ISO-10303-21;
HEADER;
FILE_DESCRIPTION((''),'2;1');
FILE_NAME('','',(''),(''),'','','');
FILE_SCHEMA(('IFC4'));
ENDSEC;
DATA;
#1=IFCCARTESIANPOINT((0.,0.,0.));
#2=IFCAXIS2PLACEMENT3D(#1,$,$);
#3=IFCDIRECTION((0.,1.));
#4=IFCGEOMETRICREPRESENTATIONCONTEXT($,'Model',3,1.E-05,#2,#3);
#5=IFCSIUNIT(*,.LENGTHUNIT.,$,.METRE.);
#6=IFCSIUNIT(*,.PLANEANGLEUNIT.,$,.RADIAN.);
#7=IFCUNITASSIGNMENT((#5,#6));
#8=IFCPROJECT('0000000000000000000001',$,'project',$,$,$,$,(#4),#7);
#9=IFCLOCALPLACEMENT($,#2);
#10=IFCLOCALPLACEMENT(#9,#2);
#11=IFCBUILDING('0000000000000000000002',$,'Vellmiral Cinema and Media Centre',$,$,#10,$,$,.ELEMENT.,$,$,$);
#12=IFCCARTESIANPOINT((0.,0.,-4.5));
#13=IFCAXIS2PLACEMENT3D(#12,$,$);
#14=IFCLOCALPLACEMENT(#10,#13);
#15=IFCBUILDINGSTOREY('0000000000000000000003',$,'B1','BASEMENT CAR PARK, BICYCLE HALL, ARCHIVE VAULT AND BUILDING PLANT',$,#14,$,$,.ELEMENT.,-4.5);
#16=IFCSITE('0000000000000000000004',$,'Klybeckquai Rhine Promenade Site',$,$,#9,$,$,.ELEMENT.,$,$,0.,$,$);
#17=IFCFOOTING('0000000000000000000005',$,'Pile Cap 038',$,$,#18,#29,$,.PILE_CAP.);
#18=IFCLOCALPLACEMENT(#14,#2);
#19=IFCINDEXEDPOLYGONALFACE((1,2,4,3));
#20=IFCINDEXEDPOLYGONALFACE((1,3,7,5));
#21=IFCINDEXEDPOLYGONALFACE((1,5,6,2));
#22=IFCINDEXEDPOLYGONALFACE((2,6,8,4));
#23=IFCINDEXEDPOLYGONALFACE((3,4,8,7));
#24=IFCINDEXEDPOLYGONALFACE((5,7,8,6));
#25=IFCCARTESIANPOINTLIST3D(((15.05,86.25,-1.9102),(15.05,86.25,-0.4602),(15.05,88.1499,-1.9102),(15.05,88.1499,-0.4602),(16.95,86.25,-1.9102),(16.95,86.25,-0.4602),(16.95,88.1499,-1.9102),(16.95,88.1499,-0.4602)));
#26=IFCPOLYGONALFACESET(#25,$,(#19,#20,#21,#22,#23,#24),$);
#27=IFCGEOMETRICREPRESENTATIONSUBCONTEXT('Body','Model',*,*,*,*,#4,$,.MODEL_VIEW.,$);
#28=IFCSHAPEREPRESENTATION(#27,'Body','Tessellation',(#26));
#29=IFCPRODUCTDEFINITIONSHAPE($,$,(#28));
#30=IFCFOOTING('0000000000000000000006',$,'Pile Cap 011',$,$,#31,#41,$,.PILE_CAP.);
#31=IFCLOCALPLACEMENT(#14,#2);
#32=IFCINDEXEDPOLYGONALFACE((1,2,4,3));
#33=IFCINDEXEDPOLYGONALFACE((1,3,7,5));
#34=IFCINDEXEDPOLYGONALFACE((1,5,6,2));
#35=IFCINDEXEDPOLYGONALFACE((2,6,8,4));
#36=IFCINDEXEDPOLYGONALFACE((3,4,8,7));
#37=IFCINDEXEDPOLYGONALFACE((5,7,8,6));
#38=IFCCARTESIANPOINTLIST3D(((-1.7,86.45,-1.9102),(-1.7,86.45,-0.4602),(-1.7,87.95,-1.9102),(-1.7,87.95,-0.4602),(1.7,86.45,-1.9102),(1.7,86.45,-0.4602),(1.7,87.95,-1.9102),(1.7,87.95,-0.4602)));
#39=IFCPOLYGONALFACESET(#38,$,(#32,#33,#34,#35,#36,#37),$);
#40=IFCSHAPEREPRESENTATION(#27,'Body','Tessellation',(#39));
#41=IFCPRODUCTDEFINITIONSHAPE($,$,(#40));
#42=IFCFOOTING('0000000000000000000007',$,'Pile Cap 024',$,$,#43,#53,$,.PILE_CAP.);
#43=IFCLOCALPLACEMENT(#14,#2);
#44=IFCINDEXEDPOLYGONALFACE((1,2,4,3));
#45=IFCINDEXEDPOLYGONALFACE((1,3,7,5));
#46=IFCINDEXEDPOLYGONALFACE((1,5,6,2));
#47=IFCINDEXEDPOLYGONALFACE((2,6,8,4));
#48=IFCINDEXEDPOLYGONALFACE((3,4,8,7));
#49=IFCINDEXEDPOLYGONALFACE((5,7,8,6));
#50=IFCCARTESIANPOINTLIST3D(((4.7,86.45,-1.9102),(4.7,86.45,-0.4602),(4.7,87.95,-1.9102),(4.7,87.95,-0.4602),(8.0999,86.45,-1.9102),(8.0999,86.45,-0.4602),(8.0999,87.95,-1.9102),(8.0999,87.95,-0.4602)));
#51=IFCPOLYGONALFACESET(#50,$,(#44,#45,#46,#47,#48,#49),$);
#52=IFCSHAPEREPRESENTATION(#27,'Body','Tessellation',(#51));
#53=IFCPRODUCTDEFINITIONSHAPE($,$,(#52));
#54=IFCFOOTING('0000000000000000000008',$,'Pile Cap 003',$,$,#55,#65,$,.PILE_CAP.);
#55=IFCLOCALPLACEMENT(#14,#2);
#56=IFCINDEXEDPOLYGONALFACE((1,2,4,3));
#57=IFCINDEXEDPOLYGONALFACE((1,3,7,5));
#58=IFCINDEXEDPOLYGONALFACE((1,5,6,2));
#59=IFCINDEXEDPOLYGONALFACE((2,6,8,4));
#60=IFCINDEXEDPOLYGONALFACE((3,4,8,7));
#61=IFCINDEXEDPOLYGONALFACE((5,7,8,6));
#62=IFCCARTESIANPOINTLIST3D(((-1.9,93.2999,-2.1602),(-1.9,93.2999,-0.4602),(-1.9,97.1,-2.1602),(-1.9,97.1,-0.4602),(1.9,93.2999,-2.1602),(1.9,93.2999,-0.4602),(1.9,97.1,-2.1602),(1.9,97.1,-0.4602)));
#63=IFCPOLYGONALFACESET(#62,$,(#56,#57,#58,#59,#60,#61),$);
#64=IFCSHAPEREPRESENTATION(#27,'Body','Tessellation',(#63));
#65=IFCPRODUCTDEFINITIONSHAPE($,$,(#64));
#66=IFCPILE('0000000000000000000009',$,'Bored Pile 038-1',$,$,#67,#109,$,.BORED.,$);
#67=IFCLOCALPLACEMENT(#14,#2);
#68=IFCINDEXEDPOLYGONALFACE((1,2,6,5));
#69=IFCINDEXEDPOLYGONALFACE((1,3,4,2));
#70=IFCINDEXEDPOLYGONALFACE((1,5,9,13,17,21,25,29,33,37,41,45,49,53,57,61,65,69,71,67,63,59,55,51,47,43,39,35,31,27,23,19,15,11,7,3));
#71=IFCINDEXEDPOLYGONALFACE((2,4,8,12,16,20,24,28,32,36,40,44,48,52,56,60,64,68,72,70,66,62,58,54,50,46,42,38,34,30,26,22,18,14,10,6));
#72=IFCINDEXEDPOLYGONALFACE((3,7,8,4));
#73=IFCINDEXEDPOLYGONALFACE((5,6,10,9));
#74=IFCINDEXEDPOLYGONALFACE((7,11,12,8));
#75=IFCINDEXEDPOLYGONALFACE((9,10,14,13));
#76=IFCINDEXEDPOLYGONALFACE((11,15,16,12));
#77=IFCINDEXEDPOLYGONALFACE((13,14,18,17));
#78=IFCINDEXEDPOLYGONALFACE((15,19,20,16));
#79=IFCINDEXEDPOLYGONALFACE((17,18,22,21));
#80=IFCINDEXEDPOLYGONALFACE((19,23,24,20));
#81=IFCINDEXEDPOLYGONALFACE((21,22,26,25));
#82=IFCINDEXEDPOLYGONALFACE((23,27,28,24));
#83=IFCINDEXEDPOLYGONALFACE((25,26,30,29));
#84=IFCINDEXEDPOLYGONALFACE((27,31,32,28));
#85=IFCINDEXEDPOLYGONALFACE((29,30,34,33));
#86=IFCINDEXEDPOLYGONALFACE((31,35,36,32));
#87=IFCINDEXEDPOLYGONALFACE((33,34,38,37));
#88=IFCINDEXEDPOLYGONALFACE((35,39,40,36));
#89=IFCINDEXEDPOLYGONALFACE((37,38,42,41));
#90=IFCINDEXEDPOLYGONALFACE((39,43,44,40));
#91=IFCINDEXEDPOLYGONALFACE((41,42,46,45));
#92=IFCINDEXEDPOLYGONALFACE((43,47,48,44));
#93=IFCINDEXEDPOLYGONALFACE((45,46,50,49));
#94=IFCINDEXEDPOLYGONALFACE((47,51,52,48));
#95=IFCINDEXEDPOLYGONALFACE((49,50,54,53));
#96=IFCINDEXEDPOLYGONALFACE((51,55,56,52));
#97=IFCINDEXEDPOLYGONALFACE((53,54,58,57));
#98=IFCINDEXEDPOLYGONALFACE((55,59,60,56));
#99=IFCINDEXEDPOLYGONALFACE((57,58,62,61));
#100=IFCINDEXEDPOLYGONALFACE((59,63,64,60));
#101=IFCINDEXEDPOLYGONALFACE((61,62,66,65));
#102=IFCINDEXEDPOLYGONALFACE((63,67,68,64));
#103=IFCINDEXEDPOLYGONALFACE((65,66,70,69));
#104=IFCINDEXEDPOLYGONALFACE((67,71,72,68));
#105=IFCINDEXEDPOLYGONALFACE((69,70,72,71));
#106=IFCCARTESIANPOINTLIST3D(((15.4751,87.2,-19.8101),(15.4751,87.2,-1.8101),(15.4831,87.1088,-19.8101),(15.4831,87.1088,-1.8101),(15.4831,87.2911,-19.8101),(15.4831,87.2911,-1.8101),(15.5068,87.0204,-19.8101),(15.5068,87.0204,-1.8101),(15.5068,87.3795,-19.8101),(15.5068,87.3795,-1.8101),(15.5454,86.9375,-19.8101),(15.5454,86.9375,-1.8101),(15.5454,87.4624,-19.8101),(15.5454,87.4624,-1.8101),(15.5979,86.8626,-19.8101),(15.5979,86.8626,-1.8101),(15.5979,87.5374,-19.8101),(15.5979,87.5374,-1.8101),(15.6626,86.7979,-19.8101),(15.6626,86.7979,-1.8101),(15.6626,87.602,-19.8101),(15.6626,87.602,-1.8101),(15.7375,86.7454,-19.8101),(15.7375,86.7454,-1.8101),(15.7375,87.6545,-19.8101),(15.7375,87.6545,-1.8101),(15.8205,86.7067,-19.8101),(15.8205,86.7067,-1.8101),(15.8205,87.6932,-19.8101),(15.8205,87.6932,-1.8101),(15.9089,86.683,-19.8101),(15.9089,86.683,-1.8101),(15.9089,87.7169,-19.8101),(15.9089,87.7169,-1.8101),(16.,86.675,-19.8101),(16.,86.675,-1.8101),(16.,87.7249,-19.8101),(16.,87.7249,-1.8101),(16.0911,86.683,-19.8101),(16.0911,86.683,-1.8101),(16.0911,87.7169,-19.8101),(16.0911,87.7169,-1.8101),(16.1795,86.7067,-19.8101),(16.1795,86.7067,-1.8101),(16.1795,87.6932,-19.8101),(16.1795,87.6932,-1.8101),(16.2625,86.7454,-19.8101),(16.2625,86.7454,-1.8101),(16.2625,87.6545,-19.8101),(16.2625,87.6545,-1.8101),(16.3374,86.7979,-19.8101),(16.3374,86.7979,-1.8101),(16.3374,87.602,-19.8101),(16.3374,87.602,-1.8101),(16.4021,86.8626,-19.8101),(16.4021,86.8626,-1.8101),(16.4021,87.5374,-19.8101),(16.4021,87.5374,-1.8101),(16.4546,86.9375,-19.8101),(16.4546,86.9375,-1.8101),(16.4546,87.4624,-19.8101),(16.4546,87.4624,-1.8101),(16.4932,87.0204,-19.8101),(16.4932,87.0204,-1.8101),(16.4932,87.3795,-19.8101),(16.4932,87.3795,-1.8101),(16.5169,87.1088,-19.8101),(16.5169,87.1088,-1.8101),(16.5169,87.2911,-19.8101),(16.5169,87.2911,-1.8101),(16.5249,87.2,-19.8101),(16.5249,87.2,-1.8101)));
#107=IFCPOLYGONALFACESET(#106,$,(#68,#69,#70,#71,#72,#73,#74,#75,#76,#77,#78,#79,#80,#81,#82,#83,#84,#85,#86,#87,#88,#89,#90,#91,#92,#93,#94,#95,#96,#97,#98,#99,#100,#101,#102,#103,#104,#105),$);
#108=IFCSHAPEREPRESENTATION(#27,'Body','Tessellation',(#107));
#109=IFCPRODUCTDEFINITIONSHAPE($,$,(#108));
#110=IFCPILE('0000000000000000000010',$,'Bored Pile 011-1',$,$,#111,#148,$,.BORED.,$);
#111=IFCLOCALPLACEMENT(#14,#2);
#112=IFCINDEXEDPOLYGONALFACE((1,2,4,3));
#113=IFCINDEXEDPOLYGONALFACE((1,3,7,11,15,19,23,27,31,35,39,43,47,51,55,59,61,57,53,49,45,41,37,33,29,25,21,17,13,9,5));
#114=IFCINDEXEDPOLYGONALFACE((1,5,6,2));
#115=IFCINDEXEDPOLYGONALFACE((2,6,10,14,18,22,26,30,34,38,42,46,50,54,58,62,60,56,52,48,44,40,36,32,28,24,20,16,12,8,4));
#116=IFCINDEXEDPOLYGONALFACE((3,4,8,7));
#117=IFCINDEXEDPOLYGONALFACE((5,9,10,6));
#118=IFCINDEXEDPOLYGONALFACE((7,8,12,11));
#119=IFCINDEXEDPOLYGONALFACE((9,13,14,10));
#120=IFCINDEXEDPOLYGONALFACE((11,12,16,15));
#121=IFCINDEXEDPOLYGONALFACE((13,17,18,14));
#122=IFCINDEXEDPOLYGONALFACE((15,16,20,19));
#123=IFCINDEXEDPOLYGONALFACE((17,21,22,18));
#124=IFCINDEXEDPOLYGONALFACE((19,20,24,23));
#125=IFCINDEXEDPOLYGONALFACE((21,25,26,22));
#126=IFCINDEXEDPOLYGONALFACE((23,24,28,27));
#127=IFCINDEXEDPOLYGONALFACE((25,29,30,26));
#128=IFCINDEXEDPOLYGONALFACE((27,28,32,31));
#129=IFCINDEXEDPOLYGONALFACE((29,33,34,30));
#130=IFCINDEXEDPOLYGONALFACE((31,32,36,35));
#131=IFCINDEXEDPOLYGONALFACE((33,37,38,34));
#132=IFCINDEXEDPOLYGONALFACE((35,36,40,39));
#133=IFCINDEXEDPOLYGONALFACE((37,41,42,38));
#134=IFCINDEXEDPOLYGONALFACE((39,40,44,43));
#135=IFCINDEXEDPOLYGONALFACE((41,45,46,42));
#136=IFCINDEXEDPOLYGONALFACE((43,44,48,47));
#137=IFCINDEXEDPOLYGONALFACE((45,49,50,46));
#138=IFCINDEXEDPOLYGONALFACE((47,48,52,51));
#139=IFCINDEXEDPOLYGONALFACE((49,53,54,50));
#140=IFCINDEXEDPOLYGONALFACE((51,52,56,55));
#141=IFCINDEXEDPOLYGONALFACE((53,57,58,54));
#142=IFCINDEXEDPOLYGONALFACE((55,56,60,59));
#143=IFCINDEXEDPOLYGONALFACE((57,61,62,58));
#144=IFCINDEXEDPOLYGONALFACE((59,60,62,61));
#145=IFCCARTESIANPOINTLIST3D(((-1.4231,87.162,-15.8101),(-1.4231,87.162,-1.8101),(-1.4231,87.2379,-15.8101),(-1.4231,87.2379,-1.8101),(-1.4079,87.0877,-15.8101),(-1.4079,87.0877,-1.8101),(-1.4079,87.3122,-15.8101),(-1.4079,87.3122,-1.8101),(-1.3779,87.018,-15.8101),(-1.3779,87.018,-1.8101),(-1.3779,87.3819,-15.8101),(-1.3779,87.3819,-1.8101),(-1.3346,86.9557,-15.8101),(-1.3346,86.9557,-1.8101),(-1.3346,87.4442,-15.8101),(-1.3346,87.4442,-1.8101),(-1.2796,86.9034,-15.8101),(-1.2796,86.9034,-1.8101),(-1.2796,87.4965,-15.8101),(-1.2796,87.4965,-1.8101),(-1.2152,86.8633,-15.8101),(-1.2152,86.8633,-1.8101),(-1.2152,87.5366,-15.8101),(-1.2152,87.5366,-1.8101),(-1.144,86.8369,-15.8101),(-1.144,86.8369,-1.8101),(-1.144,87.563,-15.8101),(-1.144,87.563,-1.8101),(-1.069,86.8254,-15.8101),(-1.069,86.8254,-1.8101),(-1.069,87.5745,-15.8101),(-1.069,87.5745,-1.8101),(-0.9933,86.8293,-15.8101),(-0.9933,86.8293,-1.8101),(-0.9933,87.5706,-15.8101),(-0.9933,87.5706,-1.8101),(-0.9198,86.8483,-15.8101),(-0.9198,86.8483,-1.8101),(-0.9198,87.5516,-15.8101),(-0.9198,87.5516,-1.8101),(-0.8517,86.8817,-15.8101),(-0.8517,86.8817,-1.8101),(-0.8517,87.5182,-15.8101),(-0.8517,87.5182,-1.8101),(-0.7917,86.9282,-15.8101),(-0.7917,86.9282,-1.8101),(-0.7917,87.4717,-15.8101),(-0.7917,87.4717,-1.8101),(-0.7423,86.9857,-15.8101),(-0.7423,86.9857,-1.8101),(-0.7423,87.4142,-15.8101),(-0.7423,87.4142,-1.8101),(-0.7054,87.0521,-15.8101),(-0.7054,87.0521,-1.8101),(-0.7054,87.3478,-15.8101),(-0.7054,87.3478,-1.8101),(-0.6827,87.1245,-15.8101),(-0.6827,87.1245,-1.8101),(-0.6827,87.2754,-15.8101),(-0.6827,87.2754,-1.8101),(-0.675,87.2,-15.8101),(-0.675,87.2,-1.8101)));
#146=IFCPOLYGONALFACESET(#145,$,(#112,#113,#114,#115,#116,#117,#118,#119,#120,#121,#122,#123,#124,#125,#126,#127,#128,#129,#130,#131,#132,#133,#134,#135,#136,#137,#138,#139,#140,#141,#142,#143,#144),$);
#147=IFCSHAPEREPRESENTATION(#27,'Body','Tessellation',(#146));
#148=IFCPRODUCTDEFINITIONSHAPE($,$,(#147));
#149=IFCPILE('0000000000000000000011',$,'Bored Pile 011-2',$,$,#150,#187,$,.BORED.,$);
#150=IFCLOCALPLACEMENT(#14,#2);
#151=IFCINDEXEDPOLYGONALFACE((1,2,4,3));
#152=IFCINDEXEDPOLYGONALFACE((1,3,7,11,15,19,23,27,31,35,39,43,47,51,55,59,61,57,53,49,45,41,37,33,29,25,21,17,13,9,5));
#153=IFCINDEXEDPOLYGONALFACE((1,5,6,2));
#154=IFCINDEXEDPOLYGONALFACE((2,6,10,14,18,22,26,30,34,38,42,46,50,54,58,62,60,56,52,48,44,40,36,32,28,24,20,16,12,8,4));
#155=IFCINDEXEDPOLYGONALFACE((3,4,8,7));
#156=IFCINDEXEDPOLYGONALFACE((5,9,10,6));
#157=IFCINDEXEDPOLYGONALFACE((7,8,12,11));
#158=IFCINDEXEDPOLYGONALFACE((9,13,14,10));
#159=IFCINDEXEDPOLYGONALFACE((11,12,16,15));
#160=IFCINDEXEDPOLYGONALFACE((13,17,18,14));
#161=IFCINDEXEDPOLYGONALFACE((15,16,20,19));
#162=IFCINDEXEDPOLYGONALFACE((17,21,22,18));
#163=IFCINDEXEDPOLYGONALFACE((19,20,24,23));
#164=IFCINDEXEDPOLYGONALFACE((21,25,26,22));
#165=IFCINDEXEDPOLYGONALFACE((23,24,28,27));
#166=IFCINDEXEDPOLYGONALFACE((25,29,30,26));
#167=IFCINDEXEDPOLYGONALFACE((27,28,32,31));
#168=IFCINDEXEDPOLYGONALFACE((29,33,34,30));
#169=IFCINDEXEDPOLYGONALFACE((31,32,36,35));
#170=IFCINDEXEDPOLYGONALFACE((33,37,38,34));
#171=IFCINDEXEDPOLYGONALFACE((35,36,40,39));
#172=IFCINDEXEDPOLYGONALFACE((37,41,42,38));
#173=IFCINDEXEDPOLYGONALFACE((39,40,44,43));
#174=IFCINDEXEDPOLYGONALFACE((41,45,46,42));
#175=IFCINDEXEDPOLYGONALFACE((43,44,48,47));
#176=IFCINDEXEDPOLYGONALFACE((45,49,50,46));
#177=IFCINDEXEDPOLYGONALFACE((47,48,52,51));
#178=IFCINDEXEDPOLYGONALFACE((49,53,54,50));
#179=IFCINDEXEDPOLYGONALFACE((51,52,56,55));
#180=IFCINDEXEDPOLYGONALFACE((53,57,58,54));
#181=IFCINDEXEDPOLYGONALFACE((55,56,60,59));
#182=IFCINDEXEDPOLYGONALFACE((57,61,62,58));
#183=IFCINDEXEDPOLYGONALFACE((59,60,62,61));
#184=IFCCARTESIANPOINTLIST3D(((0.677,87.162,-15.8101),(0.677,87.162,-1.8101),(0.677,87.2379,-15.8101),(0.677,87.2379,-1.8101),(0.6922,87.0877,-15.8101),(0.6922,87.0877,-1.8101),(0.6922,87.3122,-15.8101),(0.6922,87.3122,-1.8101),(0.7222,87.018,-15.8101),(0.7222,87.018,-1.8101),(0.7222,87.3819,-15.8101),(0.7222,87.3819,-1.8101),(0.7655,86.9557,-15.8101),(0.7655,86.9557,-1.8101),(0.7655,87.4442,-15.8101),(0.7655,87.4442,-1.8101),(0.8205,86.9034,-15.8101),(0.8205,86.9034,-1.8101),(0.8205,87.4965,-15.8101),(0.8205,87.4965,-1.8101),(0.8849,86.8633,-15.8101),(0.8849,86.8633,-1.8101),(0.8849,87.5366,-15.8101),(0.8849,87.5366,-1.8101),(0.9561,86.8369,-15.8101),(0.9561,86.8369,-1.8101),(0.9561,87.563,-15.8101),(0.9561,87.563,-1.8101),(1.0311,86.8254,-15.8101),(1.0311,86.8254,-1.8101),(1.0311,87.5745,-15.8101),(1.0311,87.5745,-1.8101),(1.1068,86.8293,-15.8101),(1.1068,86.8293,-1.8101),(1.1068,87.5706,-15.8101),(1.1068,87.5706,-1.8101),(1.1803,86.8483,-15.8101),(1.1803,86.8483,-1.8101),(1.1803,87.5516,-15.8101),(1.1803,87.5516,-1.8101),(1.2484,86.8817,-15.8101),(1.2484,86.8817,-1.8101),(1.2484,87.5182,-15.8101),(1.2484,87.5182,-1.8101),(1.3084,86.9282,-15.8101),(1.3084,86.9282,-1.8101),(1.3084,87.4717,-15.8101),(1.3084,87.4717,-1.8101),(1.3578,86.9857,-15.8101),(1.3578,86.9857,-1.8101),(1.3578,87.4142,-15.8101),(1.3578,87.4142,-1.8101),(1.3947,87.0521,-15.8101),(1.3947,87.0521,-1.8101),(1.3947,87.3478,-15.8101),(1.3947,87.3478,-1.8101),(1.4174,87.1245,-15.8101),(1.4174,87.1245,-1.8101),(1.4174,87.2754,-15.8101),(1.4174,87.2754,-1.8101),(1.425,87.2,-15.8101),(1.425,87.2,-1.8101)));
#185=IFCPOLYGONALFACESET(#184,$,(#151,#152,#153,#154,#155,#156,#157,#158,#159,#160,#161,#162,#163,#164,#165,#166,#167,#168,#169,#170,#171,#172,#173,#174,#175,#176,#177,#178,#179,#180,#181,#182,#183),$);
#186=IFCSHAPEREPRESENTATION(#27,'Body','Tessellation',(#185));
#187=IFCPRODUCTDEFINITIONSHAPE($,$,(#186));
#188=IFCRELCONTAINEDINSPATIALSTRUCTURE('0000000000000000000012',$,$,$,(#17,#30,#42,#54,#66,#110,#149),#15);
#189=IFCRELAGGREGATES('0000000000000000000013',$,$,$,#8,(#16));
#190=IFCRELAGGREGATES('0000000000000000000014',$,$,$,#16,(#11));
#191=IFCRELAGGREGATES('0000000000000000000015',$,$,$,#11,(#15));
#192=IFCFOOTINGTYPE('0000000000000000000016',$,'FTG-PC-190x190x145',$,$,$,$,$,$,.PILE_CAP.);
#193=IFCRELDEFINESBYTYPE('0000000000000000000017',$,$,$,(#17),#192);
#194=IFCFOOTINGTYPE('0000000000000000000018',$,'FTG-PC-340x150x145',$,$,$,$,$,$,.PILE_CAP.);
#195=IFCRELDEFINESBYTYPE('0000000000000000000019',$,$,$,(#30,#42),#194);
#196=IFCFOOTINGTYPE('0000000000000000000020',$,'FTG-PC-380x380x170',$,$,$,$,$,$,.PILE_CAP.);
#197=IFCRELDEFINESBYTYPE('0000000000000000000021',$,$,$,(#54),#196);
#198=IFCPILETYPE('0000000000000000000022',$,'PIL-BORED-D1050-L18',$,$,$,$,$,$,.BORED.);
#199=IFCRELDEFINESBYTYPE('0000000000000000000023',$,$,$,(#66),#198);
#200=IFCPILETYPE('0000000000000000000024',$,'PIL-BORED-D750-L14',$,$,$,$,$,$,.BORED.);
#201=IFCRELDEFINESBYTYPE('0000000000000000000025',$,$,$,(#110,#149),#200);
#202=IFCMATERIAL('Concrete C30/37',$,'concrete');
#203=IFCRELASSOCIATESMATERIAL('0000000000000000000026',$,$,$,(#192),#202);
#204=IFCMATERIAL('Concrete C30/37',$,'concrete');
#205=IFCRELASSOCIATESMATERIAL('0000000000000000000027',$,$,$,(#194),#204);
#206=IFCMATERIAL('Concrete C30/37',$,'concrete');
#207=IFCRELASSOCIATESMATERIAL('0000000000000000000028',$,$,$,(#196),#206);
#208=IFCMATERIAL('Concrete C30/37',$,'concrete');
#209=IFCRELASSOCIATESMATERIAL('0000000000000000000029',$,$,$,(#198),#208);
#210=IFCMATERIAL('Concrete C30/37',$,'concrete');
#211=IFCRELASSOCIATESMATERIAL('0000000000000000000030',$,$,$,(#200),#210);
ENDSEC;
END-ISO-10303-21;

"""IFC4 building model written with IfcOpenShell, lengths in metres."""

from ifc_helpers import new_model, si_unit, direction, frame, origin, origin_2d, place, context, subcontext, project, spatial, rectangle, circle, extrude, material, material_profile, profile_set, type_object, element, save


model = new_model("IFC4")

# Units and contexts
model_context = context("Model", 3, precision=1e-05, world=origin(), true_north=direction((0.0, 1.0)))
body_context = subcontext(model_context, "Body", "Model", "MODEL_VIEW")
ifc_project = project(units=[si_unit("LENGTHUNIT", "METRE"), si_unit("PLANEANGLEUNIT", "RADIAN")], contexts=[model_context])

# Site, building, storey
site_placement = place(None, origin())
site = spatial("IfcSite", under=ifc_project, at=site_placement, Name="Klybeckquai Rhine Promenade Site", CompositionType="ELEMENT", RefElevation=0.0)
building_placement = place(site_placement, origin())
building = spatial("IfcBuilding", under=site, at=building_placement, Name="Vellmiral Cinema and Media Centre", CompositionType="ELEMENT")
storey_placement = place(building_placement, frame((0.0, 0.0, -4.5)))
storey = spatial("IfcBuildingStorey", under=building, at=storey_placement, Name="B1", Description="BASEMENT CAR PARK, BICYCLE HALL, ARCHIVE VAULT AND BUILDING PLANT", CompositionType="ELEMENT", Elevation=-4.5)

# Footings
ifc_material_1 = material(Name="Concrete C30/37", Category="concrete")
footing_type_1 = type_object("IfcFootingType", Name="FTG-PC-190x190x145", PredefinedType="PILE_CAP", material=ifc_material_1)
footing_1_placement = place(storey_placement, frame((16.0, 87.2, -1.9102), z_axis=(0.0, 0.0, 1.0), x_axis=(1.0, 0.0, 0.0)))
element("IfcFooting", 1, at=footing_1_placement, inside=storey, type_object=footing_type_1, Name="Pile Cap 038", PredefinedType="PILE_CAP", context=body_context, shape_type="SweptSolid", body=[
    extrude(rectangle(XDim=1.8999, YDim=1.8999, at=origin_2d()), origin(), (0.0, 0.0, 1.0), 1.45),
])
ifc_material_2 = material(Name="Concrete C30/37", Category="concrete")
footing_type_2 = type_object("IfcFootingType", Name="FTG-PC-340x150x145", PredefinedType="PILE_CAP", material=ifc_material_2)
for number, where, z_axis, x_axis, name in (
    (2, (0.0, 87.2, -1.9102), (0.0, 0.0, 1.0), (1.0, 0.0, 0.0), "Pile Cap 011"),
    (3, (6.3999, 87.2, -1.9102), (0.0, 0.0, 1.0), (1.0, 0.0, 0.0), "Pile Cap 024"),
):
    element("IfcFooting", number, at=place(storey_placement, frame(where, z_axis=z_axis, x_axis=x_axis)), inside=storey, type_object=footing_type_2, Name=name, PredefinedType="PILE_CAP", context=body_context, shape_type="SweptSolid", body=[
        extrude(rectangle(XDim=3.3999, YDim=1.5, at=origin_2d()), origin(), (0.0, 0.0, 1.0), 1.45),
    ])
ifc_material_3 = material(Name="Concrete C30/37", Category="concrete")
footing_type_3 = type_object("IfcFootingType", Name="FTG-PC-380x380x170", PredefinedType="PILE_CAP", material=ifc_material_3)
footing_2_placement = place(storey_placement, frame((0.0, 95.2, -2.1602), z_axis=(0.0, 0.0, 1.0), x_axis=(1.0, 0.0, 0.0)))
element("IfcFooting", 4, at=footing_2_placement, inside=storey, type_object=footing_type_3, Name="Pile Cap 003", PredefinedType="PILE_CAP", context=body_context, shape_type="SweptSolid", body=[
    extrude(rectangle(XDim=3.8, YDim=3.8, at=origin_2d()), origin(), (0.0, 0.0, 1.0), 1.7),
])

# Piles
ifc_material_4 = material(Name="Concrete C30/37", Category="concrete")
ifc_material_profile_1 = material_profile(ifc_material_4, circle(Radius=0.5249, at=origin_2d()), Name="PILE D1050")
ifc_profile_set_1 = profile_set([ifc_material_profile_1], Name="Concrete C30/37")
pile_type_1 = type_object("IfcPileType", Name="PIL-BORED-D1050-L18", PredefinedType="BORED", material=ifc_profile_set_1)
pile_placement = place(storey_placement, frame((16.0, 87.2, -1.8101), z_axis=(0.0, 0.0, -1.0), x_axis=(1.0, 0.0, 0.0)))
element("IfcPile", 5, at=pile_placement, inside=storey, type_object=pile_type_1, Name="Bored Pile 038-1", PredefinedType="BORED", context=body_context, shape_type="SweptSolid", body=[
    extrude(circle(Radius=0.5249, at=origin_2d()), origin(), (0.0, 0.0, 1.0), 18.0),
])
ifc_material_5 = material(Name="Concrete C30/37", Category="concrete")
ifc_material_profile_2 = material_profile(ifc_material_5, circle(Radius=0.375, at=origin_2d()), Name="PILE D750")
ifc_profile_set_2 = profile_set([ifc_material_profile_2], Name="Concrete C30/37")
pile_type_2 = type_object("IfcPileType", Name="PIL-BORED-D750-L14", PredefinedType="BORED", material=ifc_profile_set_2)
for number, where, z_axis, x_axis, name in (
    (6, (-1.05, 87.2, -1.8101), (0.0, 0.0, -1.0), (1.0, 0.0, 0.0), "Bored Pile 011-1"),
    (7, (1.05, 87.2, -1.8101), (0.0, 0.0, -1.0), (1.0, 0.0, 0.0), "Bored Pile 011-2"),
):
    element("IfcPile", number, at=place(storey_placement, frame(where, z_axis=z_axis, x_axis=x_axis)), inside=storey, type_object=pile_type_2, Name=name, PredefinedType="BORED", context=body_context, shape_type="SweptSolid", body=[
        extrude(circle(Radius=0.375, at=origin_2d()), origin(), (0.0, 0.0, 1.0), 14.0),
    ])

save(model, "model.ifc")
